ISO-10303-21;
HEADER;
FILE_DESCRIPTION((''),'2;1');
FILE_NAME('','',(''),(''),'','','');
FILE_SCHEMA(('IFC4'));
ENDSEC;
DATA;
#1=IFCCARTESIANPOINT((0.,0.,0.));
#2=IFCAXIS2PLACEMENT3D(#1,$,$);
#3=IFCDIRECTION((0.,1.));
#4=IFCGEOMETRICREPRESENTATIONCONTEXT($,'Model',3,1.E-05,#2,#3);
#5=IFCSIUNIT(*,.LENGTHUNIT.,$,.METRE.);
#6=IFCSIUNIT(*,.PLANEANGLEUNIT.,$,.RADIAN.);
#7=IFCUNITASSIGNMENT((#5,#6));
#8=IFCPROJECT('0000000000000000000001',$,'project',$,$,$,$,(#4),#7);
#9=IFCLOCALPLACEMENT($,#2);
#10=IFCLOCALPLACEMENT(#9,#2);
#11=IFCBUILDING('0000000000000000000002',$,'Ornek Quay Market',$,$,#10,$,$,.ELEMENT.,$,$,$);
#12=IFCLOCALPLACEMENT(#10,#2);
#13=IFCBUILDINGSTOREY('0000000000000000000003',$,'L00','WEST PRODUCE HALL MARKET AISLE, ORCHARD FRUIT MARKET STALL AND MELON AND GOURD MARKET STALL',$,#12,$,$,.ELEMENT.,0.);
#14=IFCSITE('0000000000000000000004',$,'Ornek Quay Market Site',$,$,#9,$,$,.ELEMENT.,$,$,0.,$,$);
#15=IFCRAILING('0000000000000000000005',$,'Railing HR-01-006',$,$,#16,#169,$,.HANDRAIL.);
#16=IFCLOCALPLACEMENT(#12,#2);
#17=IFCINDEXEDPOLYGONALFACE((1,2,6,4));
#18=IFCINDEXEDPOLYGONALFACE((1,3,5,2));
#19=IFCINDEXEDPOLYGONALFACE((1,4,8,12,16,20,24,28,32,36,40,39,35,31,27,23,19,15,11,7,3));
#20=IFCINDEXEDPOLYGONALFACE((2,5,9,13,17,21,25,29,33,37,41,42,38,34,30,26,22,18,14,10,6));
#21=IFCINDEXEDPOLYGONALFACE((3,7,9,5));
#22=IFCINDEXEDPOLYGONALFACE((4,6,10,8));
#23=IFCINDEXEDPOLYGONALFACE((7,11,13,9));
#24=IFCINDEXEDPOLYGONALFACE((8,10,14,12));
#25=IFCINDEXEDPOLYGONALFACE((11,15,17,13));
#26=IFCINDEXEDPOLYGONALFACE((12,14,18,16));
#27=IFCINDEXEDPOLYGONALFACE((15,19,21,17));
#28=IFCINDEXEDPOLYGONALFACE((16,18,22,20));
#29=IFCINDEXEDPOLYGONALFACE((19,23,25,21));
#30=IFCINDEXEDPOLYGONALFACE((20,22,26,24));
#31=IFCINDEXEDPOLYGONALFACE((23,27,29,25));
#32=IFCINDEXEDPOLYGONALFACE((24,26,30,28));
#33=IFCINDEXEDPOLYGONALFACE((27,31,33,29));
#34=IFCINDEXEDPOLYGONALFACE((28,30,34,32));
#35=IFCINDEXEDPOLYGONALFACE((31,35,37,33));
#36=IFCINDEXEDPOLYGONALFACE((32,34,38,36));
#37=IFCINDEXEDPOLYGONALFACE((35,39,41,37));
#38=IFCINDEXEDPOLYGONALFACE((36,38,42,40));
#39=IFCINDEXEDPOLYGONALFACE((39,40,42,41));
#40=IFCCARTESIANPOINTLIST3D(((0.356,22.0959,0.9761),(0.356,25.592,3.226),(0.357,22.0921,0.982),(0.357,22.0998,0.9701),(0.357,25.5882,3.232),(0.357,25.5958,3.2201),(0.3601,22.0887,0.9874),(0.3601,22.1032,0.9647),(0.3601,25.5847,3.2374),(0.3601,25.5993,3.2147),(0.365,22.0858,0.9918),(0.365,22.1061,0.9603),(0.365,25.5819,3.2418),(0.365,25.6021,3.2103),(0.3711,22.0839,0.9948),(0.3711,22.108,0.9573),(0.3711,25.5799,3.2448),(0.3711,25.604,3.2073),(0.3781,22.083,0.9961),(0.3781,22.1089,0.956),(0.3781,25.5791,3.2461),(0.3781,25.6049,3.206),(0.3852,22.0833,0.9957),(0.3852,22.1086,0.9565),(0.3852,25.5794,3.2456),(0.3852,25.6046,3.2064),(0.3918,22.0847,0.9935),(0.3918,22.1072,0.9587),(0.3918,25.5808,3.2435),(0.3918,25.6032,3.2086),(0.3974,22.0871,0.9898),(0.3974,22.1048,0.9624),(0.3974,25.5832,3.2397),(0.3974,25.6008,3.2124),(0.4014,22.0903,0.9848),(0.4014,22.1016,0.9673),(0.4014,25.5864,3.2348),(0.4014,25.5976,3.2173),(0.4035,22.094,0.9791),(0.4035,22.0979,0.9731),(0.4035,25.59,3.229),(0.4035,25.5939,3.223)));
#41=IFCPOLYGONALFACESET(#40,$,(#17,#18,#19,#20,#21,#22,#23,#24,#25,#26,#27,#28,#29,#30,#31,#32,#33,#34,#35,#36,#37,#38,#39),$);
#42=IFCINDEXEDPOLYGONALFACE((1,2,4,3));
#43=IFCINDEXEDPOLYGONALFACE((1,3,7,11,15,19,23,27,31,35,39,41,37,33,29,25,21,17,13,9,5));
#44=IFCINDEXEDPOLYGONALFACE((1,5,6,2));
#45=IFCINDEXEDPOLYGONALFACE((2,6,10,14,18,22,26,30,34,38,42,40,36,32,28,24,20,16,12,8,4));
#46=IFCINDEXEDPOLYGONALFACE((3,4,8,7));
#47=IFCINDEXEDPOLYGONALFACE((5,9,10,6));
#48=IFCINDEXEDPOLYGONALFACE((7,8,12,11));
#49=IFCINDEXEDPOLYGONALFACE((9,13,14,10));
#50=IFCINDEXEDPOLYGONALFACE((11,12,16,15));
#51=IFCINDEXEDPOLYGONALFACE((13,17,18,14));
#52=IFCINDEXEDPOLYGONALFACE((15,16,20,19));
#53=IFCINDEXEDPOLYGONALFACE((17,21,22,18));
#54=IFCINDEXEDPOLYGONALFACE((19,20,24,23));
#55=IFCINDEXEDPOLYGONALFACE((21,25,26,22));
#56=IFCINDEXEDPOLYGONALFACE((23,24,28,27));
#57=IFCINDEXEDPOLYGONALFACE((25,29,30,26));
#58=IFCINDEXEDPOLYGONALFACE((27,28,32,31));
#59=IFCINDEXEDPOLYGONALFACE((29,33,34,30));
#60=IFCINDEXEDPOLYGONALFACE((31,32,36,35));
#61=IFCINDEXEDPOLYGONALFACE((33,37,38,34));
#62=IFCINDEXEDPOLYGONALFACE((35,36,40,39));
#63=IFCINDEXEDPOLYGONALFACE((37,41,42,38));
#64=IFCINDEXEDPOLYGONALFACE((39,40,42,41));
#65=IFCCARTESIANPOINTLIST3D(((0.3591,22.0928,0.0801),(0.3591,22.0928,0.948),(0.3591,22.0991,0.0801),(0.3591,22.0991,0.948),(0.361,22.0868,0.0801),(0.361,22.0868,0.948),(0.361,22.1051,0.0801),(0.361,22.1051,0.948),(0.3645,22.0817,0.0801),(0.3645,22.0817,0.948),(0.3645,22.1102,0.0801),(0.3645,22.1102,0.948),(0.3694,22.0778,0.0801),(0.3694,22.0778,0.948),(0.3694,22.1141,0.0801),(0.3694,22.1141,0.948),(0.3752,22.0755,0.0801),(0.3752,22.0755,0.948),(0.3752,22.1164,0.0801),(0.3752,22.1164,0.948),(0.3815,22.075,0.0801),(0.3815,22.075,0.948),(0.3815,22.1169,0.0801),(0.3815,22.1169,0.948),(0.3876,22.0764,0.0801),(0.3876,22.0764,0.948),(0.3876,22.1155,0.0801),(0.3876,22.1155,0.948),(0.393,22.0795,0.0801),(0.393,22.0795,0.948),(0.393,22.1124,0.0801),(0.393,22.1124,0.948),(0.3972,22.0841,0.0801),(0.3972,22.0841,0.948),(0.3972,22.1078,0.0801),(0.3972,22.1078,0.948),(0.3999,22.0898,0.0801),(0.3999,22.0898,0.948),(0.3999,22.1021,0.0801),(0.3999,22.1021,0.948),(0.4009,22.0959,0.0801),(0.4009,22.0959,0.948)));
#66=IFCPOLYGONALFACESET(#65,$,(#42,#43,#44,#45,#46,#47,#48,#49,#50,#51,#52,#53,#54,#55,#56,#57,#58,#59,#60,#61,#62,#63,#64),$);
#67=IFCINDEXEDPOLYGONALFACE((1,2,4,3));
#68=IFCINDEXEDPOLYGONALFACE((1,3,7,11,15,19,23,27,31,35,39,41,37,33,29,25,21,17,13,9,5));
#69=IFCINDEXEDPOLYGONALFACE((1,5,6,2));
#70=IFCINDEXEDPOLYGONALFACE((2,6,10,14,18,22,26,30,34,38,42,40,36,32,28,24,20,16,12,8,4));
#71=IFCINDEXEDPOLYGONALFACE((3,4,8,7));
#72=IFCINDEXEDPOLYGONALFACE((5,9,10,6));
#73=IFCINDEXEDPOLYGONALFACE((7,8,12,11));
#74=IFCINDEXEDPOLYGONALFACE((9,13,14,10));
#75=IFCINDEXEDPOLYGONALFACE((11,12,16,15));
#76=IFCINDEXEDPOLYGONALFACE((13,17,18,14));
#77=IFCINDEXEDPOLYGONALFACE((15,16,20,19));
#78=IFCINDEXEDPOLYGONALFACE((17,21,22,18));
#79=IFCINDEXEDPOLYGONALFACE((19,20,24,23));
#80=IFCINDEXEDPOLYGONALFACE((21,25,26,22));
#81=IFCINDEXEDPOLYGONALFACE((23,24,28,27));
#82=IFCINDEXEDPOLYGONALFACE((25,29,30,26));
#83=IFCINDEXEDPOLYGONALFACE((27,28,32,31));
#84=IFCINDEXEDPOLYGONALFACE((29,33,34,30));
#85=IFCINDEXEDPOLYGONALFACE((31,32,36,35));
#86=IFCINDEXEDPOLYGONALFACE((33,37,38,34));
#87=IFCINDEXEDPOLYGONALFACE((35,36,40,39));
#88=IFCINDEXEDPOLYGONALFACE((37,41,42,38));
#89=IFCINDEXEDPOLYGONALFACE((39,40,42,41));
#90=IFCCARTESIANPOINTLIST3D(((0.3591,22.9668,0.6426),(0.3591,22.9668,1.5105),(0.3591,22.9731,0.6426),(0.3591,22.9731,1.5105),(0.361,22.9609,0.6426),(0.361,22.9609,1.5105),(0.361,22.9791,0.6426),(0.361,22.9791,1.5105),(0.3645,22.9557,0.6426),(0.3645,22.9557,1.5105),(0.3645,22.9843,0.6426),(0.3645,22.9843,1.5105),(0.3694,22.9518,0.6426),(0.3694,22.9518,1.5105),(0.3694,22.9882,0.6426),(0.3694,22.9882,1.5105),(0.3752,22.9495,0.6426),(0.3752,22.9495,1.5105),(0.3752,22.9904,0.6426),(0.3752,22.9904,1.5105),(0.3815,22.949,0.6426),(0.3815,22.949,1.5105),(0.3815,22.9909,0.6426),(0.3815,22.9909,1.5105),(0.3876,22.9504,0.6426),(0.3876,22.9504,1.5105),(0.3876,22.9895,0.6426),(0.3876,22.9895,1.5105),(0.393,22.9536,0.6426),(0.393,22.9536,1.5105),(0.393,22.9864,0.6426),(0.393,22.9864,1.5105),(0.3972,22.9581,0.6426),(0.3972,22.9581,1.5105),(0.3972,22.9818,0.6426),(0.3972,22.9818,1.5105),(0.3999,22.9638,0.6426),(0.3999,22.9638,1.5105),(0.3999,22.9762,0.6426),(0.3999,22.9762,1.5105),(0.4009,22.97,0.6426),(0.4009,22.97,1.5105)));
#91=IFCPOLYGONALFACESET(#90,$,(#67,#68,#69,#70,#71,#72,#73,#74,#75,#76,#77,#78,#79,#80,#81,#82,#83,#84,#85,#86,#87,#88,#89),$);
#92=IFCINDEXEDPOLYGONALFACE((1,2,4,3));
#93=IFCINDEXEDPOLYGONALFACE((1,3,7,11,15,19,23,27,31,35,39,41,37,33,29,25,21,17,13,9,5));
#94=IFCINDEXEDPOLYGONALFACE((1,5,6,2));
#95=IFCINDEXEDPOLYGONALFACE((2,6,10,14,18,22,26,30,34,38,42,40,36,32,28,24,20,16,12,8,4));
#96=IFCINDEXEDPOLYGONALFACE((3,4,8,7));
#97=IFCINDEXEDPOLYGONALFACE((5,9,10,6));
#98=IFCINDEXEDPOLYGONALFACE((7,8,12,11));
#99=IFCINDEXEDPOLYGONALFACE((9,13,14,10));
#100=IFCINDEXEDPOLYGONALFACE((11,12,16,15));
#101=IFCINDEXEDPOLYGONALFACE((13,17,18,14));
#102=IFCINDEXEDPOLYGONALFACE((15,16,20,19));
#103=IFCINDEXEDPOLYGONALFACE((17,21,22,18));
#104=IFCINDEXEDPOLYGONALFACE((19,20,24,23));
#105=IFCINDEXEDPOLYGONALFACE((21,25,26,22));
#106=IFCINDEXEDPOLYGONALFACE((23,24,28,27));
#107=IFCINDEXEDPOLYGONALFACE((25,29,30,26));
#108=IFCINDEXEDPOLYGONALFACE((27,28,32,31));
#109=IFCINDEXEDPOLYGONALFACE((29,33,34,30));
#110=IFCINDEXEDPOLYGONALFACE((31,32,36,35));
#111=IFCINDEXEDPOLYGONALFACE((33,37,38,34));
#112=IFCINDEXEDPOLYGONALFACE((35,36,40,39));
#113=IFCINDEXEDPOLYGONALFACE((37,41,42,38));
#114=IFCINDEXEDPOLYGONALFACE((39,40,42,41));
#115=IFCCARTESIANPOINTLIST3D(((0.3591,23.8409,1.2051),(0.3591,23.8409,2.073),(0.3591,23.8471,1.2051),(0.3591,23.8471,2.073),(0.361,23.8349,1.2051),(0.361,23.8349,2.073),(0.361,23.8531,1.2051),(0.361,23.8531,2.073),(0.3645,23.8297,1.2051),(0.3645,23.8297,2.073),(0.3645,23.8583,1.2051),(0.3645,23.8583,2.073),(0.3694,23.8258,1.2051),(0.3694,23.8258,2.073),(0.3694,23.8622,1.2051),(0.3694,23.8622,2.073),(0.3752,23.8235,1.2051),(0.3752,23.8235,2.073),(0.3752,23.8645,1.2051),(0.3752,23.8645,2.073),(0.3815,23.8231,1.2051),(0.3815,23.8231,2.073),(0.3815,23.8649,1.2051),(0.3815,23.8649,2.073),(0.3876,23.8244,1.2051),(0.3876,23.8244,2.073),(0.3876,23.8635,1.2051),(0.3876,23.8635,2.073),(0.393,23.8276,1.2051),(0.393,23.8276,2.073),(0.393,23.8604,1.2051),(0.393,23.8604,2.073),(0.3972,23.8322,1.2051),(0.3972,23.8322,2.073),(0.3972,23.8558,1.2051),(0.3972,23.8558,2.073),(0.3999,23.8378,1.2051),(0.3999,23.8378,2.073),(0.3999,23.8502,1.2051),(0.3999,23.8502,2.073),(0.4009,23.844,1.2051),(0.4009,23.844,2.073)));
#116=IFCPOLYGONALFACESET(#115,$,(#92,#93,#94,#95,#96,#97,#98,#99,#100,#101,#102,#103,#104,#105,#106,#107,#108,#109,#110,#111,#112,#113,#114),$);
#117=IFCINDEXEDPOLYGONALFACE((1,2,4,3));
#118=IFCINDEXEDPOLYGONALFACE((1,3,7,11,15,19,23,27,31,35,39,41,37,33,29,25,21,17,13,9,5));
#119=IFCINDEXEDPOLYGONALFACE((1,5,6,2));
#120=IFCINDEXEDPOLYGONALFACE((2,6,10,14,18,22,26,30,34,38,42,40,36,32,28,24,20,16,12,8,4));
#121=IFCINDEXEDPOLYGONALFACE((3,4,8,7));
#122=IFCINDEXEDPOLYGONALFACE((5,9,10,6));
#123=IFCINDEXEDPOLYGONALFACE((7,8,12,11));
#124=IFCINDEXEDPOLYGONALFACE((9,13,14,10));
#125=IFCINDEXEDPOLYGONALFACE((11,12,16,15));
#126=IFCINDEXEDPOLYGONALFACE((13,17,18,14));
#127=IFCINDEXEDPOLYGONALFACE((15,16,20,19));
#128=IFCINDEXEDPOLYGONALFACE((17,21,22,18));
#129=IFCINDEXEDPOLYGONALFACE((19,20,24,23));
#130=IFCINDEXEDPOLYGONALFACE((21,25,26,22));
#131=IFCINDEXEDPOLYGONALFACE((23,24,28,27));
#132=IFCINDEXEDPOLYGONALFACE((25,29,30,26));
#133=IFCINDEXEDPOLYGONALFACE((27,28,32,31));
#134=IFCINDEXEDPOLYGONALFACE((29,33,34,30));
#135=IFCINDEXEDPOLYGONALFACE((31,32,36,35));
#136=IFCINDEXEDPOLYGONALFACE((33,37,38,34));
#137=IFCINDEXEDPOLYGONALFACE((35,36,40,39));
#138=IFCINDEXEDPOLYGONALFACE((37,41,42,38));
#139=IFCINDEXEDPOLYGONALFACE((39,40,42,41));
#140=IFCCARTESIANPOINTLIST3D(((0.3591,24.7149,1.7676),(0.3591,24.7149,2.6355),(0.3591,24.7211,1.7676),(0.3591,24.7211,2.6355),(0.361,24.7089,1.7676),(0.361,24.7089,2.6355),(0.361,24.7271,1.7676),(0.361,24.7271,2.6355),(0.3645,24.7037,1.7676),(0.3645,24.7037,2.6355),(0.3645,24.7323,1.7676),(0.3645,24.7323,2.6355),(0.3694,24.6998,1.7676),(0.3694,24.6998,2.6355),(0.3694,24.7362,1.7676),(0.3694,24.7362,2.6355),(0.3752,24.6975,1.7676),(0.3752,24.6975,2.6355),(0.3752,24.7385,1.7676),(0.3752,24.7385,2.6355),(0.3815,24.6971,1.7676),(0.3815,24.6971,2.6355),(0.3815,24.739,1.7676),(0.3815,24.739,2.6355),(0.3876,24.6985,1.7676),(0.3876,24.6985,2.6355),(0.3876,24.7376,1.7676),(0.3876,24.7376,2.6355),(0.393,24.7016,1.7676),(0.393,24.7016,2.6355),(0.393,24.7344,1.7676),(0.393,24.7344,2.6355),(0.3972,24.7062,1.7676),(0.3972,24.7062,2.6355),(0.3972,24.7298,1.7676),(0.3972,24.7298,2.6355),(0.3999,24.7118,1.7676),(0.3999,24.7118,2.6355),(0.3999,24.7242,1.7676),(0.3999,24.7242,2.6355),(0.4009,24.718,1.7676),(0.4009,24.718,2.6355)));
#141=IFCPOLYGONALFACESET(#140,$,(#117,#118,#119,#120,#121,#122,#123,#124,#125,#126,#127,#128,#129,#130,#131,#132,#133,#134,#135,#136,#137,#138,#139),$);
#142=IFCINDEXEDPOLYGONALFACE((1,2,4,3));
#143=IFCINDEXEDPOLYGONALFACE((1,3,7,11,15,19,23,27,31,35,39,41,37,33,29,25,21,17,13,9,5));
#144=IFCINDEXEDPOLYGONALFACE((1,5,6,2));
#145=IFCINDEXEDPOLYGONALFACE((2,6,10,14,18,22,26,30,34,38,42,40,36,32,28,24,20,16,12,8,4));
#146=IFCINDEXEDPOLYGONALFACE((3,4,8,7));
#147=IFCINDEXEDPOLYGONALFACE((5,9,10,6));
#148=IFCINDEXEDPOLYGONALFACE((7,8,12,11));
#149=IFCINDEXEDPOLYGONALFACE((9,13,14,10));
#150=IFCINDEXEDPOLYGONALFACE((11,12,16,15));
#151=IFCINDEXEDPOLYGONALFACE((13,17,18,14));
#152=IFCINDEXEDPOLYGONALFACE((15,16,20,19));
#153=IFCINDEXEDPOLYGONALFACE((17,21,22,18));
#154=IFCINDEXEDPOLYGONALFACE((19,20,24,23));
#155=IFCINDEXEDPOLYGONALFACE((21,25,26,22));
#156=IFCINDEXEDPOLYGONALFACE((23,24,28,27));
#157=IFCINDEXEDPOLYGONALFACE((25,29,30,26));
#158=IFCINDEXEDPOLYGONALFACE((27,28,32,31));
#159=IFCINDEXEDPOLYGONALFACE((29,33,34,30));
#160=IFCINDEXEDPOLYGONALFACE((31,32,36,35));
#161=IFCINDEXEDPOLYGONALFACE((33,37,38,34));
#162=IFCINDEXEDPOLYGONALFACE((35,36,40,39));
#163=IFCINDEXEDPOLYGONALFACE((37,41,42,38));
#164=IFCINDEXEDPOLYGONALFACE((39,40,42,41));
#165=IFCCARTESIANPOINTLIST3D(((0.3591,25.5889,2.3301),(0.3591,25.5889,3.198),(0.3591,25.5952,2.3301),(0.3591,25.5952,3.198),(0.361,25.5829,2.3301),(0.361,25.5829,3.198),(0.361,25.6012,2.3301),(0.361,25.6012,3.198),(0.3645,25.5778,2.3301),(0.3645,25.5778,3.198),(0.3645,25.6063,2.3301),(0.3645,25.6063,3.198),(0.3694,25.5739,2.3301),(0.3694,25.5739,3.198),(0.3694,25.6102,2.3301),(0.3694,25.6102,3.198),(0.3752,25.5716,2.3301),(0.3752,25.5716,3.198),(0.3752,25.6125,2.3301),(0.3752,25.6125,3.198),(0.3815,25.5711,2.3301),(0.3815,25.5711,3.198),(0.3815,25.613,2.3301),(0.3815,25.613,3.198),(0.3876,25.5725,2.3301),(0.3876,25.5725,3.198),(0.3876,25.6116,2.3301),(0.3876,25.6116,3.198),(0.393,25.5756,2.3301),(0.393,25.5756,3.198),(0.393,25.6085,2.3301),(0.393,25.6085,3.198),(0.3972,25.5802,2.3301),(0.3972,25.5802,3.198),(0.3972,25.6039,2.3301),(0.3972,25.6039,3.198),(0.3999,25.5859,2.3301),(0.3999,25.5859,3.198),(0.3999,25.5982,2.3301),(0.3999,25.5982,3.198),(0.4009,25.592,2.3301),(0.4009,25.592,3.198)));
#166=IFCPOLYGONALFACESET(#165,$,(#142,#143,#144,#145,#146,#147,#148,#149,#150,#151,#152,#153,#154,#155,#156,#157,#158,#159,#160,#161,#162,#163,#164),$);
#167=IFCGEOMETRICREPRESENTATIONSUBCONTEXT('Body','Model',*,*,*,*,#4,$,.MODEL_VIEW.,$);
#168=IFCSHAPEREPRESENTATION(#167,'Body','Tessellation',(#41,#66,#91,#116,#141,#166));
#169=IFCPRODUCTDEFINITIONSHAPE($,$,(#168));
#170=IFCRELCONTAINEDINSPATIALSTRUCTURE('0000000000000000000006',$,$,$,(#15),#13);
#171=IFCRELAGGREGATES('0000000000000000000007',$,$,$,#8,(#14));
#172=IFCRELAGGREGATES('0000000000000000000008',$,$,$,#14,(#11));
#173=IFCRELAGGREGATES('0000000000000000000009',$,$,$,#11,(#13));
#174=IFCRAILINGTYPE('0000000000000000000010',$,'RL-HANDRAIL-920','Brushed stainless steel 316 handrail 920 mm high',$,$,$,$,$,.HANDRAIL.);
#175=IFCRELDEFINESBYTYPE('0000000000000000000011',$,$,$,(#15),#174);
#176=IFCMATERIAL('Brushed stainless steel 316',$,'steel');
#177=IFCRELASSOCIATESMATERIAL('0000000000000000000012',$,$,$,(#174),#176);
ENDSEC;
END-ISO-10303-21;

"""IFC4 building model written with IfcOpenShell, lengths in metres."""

from ifc_helpers import new_model, si_unit, direction, frame, origin, origin_2d, place, context, subcontext, project, spatial, circle, extrude, material, type_object, element, save


model = new_model("IFC4")

# Units and contexts
model_context = context("Model", 3, precision=1e-05, world=origin(), true_north=direction((0.0, 1.0)))
body_context = subcontext(model_context, "Body", "Model", "MODEL_VIEW")
ifc_project = project(units=[si_unit("LENGTHUNIT", "METRE"), si_unit("PLANEANGLEUNIT", "RADIAN")], contexts=[model_context])

# Site, building, storey
site_placement = place(None, origin())
site = spatial("IfcSite", under=ifc_project, at=site_placement, Name="Ornek Quay Market Site", CompositionType="ELEMENT", RefElevation=0.0)
building_placement = place(site_placement, origin())
building = spatial("IfcBuilding", under=site, at=building_placement, Name="Ornek Quay Market", CompositionType="ELEMENT")
storey_placement = place(building_placement, origin())
storey = spatial("IfcBuildingStorey", under=building, at=storey_placement, Name="L00", Description="WEST PRODUCE HALL MARKET AISLE, ORCHARD FRUIT MARKET STALL AND MELON AND GOURD MARKET STALL", CompositionType="ELEMENT", Elevation=0.0)

# Railing
ifc_material_1 = material(Name="Brushed stainless steel 316", Category="steel")
railing_type_1 = type_object("IfcRailingType", Name="RL-HANDRAIL-920", Description="Brushed stainless steel 316 handrail 920 mm high", PredefinedType="HANDRAIL", material=ifc_material_1)
railing_1_placement = place(storey_placement, frame((0.3799, 22.0959, 0.0801)))
element("IfcRailing", 1, at=railing_1_placement, inside=storey, type_object=railing_type_1, Name="Railing HR-01-006", PredefinedType="HANDRAIL", context=body_context, shape_type="SweptSolid", body=[
    extrude(circle(Radius=0.0239, at=origin_2d()), frame((0.0, 0.0, 0.896), z_axis=(0.0, 0.840904, 0.541185), x_axis=(-1.0, 0.0, 0.0)), (0.0, 0.0, 1.0), 4.1575),
    extrude(circle(Radius=0.021, at=origin_2d()), origin(), (0.0, 0.0, 1.0), 0.8679),
    extrude(circle(Radius=0.021, at=origin_2d()), frame((0.0, 0.874, 0.5625)), (0.0, 0.0, 1.0), 0.8679),
    extrude(circle(Radius=0.021, at=origin_2d()), frame((0.0, 1.748, 1.125)), (0.0, 0.0, 1.0), 0.8679),
    extrude(circle(Radius=0.021, at=origin_2d()), frame((0.0, 2.6221, 1.6875)), (0.0, 0.0, 1.0), 0.8679),
    extrude(circle(Radius=0.021, at=origin_2d()), frame((0.0, 3.4961, 2.25)), (0.0, 0.0, 1.0), 0.8679),
])

save(model, "model.ifc")
